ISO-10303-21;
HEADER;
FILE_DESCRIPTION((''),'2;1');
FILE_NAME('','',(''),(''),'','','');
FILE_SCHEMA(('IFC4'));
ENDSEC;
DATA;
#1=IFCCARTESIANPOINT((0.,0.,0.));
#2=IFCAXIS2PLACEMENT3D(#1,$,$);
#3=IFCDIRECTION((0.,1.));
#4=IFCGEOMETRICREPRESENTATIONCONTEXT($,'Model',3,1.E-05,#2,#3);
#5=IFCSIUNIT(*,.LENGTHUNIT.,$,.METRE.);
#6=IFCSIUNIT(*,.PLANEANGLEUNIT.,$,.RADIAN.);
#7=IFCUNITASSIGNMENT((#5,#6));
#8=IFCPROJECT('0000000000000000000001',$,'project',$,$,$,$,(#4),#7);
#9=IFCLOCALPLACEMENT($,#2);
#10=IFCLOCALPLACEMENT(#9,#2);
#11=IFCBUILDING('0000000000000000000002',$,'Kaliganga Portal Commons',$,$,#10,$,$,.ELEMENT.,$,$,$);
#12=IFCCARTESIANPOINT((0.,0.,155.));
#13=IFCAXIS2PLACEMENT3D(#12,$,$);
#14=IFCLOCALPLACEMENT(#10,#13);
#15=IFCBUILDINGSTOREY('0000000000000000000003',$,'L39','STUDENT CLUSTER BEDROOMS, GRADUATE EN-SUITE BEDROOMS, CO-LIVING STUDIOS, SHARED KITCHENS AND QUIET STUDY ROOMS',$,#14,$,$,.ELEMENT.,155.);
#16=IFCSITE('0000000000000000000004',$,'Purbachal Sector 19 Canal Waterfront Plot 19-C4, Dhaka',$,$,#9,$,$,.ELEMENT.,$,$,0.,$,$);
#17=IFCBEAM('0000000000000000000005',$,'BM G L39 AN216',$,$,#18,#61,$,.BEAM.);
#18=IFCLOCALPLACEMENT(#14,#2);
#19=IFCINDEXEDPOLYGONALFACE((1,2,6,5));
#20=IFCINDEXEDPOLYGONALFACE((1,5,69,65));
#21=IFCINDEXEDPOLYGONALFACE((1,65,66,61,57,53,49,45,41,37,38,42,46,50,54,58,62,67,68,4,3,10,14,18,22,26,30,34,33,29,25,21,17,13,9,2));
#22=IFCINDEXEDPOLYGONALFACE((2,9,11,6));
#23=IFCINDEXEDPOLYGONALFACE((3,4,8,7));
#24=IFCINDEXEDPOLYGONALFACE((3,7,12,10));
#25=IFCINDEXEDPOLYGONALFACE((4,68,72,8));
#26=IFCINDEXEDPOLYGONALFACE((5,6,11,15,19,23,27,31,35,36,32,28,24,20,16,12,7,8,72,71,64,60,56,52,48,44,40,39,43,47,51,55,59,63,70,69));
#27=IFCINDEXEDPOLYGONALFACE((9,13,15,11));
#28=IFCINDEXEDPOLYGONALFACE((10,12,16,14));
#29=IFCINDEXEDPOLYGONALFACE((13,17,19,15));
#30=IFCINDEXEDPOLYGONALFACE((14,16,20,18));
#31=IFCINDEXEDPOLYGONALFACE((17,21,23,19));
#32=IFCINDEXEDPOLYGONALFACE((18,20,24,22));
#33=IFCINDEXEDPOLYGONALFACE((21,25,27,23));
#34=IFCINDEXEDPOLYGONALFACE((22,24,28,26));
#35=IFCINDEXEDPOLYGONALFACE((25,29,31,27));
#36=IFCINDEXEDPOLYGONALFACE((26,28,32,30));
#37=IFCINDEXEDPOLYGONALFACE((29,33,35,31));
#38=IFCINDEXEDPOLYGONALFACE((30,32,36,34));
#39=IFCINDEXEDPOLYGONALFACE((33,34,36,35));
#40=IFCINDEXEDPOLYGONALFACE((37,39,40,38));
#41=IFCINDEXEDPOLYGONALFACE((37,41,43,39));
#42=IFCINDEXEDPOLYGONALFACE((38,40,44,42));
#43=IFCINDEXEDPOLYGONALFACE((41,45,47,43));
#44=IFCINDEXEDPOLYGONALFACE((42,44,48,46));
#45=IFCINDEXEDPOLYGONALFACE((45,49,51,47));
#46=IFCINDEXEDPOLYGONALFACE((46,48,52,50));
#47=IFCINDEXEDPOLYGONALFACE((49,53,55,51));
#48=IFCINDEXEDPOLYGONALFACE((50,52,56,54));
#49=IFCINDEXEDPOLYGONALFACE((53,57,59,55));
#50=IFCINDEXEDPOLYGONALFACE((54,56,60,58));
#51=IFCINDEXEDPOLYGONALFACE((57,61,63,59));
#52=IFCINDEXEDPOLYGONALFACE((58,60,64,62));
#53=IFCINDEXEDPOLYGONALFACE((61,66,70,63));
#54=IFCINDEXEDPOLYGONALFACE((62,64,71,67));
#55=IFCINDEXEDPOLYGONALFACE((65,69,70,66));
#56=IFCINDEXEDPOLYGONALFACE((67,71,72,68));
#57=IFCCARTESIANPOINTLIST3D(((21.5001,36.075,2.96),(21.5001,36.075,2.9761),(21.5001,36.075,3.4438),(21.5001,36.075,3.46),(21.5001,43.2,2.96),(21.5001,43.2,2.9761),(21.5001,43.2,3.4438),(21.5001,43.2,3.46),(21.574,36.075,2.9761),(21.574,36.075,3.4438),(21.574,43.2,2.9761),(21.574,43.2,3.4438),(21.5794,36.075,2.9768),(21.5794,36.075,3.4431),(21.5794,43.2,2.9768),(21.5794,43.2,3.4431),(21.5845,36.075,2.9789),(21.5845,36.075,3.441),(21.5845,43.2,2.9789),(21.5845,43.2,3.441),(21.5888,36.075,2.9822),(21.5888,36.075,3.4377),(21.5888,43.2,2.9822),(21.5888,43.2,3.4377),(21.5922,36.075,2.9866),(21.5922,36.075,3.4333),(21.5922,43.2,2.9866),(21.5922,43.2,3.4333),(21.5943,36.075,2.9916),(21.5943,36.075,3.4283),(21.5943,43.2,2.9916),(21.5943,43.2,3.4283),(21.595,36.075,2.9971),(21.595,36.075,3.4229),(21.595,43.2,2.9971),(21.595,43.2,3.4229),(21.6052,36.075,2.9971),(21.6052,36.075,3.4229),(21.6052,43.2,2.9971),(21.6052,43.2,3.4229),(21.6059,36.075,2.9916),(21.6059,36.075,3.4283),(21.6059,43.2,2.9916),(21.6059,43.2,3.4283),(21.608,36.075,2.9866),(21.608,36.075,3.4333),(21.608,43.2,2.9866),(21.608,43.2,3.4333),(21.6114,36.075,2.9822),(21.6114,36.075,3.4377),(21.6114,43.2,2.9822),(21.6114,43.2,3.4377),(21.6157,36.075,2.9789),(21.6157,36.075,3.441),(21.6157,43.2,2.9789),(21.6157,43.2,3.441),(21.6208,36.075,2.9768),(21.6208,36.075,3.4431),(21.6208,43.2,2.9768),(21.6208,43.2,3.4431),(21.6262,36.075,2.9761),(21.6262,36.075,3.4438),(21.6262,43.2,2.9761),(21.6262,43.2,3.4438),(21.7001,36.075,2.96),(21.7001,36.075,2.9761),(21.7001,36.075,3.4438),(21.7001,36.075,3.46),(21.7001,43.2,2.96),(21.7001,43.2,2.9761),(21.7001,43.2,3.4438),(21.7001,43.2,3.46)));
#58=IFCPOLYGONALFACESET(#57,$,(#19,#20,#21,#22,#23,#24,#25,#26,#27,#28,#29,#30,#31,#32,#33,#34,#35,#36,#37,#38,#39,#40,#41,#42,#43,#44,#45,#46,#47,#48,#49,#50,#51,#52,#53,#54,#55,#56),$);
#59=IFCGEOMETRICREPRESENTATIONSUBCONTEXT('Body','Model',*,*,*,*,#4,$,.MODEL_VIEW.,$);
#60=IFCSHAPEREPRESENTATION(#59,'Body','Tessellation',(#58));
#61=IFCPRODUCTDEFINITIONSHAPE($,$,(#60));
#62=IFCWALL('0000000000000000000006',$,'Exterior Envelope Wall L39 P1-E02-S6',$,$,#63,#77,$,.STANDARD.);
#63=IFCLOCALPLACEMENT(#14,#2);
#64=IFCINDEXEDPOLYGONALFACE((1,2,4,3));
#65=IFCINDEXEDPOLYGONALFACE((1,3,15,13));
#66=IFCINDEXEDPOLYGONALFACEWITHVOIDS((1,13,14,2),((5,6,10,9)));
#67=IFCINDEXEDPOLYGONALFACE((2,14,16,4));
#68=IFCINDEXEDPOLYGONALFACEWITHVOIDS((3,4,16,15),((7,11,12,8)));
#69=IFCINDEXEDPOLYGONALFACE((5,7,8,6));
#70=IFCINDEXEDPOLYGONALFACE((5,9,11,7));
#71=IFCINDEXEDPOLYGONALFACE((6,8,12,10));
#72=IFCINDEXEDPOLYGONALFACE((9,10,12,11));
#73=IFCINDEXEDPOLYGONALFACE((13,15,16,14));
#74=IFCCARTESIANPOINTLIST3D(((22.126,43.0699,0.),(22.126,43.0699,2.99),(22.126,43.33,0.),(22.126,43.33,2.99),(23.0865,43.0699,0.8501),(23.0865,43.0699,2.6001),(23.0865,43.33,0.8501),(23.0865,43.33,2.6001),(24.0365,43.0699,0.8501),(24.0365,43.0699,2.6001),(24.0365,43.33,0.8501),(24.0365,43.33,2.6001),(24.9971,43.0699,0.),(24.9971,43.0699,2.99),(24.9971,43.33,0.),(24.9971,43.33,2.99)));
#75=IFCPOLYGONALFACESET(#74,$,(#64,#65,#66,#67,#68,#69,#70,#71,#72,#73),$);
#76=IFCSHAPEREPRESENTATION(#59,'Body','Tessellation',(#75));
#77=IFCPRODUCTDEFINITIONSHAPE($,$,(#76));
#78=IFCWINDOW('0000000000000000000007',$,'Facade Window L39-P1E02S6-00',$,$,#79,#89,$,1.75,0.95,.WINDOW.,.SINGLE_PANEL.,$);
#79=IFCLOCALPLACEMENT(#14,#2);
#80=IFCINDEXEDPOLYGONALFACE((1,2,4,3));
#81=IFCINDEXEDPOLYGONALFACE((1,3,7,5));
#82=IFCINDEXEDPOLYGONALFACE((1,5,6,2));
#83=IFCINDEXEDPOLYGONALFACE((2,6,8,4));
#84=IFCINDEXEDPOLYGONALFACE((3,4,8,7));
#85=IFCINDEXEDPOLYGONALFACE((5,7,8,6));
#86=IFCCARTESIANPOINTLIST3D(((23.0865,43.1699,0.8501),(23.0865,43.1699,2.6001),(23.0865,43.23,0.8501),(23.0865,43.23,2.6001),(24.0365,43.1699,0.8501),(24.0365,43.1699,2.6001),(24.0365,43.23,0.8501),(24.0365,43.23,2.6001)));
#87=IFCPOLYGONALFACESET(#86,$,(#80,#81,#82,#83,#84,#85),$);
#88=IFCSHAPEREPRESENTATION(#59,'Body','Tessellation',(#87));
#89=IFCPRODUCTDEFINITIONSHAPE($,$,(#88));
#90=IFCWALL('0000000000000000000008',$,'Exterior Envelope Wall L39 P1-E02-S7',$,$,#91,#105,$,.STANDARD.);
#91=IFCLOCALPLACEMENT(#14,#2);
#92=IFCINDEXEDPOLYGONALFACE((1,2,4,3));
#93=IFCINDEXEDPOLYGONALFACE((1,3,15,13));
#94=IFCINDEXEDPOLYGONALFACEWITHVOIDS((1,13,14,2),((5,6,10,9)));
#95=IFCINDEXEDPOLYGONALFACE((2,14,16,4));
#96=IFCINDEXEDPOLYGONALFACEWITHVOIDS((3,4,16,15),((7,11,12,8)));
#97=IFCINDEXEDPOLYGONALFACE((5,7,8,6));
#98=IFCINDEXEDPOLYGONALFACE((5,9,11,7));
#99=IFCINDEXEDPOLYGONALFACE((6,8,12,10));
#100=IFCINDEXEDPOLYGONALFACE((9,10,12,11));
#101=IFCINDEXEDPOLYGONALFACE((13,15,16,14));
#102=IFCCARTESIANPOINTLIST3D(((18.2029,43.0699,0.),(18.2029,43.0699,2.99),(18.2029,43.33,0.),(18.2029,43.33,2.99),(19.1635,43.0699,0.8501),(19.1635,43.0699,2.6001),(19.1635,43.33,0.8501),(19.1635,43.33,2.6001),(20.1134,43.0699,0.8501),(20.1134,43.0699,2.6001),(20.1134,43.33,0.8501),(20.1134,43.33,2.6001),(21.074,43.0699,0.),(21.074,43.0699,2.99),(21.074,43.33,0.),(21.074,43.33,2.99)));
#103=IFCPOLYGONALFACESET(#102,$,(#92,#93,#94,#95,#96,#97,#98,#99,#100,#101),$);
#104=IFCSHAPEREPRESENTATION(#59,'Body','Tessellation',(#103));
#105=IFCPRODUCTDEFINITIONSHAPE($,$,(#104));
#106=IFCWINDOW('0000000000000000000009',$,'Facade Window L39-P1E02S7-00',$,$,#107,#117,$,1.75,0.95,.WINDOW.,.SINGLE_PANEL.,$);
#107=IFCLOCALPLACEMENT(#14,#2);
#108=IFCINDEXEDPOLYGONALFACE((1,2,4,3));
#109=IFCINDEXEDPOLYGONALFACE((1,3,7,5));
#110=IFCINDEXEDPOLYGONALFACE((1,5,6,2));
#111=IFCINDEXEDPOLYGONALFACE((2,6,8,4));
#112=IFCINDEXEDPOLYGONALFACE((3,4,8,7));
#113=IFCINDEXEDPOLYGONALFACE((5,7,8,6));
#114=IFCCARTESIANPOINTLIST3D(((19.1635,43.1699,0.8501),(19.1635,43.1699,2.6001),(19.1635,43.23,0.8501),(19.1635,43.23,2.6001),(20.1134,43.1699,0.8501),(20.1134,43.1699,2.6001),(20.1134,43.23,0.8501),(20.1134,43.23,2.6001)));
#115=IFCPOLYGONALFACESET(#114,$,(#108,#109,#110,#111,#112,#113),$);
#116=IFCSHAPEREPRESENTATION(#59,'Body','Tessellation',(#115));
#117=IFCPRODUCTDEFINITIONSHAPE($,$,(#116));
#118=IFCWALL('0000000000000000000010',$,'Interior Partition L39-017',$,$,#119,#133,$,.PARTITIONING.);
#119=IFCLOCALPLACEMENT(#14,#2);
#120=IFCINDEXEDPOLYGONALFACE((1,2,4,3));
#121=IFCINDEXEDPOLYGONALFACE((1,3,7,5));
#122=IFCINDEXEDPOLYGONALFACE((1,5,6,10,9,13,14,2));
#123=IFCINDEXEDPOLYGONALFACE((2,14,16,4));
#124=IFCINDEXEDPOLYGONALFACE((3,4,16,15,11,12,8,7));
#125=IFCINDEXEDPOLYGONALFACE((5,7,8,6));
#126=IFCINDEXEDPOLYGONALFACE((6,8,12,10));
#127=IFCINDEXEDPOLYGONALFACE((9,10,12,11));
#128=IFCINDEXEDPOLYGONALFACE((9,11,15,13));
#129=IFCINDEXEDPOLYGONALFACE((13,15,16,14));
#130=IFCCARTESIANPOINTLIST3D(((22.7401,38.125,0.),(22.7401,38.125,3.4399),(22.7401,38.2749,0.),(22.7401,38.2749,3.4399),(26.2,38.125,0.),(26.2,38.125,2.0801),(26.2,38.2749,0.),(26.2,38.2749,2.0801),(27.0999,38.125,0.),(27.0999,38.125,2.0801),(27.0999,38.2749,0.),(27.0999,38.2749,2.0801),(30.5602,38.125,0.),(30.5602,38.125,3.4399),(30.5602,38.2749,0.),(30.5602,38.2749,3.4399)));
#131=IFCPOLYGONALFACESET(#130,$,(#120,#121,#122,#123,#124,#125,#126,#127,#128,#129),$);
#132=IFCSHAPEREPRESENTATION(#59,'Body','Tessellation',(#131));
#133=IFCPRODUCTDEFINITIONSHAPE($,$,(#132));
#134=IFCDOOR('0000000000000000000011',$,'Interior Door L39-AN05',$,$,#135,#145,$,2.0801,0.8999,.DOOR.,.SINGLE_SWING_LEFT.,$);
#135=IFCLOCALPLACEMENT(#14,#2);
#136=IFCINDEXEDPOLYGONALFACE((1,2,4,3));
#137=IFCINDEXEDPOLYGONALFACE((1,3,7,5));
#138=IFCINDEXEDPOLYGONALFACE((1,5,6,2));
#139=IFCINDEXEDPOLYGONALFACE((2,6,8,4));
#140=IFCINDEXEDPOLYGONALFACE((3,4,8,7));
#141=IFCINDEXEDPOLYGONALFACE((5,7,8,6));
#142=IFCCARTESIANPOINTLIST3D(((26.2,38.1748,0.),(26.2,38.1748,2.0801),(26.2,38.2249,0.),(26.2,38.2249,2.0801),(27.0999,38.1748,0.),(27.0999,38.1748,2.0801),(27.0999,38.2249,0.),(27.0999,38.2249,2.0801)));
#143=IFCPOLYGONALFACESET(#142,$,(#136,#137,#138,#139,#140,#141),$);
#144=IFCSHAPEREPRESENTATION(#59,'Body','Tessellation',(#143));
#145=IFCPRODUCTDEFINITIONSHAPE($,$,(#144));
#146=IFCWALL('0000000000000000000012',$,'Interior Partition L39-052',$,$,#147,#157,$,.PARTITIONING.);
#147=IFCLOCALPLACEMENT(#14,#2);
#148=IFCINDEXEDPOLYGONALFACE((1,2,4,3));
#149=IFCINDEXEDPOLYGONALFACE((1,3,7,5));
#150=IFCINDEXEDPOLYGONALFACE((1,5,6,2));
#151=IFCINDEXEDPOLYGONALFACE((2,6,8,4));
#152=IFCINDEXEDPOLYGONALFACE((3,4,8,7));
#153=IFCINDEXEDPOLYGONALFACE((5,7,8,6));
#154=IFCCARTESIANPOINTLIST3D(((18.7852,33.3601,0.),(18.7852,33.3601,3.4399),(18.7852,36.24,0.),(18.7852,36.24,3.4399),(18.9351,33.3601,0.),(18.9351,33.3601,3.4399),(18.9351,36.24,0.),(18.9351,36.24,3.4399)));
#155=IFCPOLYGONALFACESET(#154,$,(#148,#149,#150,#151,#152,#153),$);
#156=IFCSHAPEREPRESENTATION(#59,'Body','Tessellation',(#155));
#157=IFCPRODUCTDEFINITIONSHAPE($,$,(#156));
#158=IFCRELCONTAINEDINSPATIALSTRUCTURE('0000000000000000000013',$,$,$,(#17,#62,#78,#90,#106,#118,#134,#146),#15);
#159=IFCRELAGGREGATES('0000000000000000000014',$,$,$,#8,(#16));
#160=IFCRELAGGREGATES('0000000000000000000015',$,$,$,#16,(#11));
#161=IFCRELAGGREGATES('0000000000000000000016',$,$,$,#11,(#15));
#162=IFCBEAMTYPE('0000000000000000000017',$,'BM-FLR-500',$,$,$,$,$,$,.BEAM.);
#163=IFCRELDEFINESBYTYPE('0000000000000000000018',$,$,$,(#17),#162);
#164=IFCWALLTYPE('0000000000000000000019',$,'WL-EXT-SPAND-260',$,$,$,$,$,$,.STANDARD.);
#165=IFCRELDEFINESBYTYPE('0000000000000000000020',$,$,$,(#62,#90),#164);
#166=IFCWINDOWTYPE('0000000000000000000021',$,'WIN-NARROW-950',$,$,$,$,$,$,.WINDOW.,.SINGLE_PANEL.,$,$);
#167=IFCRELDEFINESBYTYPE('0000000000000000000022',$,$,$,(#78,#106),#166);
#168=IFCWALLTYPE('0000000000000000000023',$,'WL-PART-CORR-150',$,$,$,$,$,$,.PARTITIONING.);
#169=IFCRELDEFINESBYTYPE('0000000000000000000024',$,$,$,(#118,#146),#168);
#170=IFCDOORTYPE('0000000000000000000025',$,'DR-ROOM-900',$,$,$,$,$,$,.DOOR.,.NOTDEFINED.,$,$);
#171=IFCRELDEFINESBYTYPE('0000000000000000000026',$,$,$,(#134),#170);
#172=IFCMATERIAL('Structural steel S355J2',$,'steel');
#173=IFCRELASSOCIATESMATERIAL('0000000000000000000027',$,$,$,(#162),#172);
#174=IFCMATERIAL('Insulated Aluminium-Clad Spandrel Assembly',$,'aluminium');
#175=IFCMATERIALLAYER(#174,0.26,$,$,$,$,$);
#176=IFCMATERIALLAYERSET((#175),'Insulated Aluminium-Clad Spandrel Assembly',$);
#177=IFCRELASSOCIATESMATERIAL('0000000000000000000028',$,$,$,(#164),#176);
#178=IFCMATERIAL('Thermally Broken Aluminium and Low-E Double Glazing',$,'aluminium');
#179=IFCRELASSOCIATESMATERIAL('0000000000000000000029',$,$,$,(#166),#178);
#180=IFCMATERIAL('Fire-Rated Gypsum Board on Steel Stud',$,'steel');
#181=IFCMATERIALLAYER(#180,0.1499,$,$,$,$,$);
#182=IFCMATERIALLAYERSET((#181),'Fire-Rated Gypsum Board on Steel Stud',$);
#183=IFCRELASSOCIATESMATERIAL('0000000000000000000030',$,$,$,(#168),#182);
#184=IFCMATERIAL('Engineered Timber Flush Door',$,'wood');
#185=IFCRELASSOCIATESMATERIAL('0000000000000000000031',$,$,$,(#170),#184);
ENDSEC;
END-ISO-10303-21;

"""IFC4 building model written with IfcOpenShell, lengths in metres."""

from ifc_helpers import new_model, si_unit, direction, frame, frame_2d, origin, origin_2d, place, context, subcontext, project, spatial, rectangle, i_section, extrude, source, transform, mapped, material, layer, layer_set, material_profile, profile_set, type_object, element, fill, save


model = new_model("IFC4")

# Units and contexts
model_context = context("Model", 3, precision=1e-05, world=origin(), true_north=direction((0.0, 1.0)))
body_context = subcontext(model_context, "Body", "Model", "MODEL_VIEW")
ifc_project = project(units=[si_unit("LENGTHUNIT", "METRE"), si_unit("PLANEANGLEUNIT", "RADIAN")], contexts=[model_context])

# Site, building, storey
site_placement = place(None, origin())
site = spatial("IfcSite", under=ifc_project, at=site_placement, Name="Purbachal Sector 19 Canal Waterfront Plot 19-C4, Dhaka", CompositionType="ELEMENT", RefElevation=0.0)
building_placement = place(site_placement, origin())
building = spatial("IfcBuilding", under=site, at=building_placement, Name="Kaliganga Portal Commons", CompositionType="ELEMENT")
storey_placement = place(building_placement, frame((0.0, 0.0, 155.0)))
storey = spatial("IfcBuildingStorey", under=building, at=storey_placement, Name="L39", Description="STUDENT CLUSTER BEDROOMS, GRADUATE EN-SUITE BEDROOMS, CO-LIVING STUDIOS, SHARED KITCHENS AND QUIET STUDY ROOMS", CompositionType="ELEMENT", Elevation=155.0)

# Beam
ifc_material_1 = material(Name="Structural steel S355J2", Category="steel")
ifc_material_profile_1 = material_profile(ifc_material_1, i_section(OverallWidth=0.2, OverallDepth=0.5, WebThickness=0.0103, FlangeThickness=0.0161, FilletRadius=0.021, at=origin_2d()), Name="IPE 500")
ifc_profile_set_1 = profile_set([ifc_material_profile_1], Name="Structural steel S355J2 wide-flange")
beam_type_1 = type_object("IfcBeamType", Name="BM-FLR-500", PredefinedType="BEAM", material=ifc_profile_set_1)
shared_shape_1 = source(origin(), body_context, "Body", "SweptSolid", [
    extrude(i_section(OverallWidth=0.2, OverallDepth=0.5, WebThickness=0.0103, FlangeThickness=0.0161, FilletRadius=0.021, at=origin_2d()), origin(), (0.0, 0.0, 1.0), 7.125),
])
beam_1_placement = place(storey_placement, frame((21.6001, 36.075, 3.21), z_axis=(0.0, 1.0, 0.0), x_axis=(-1.0, 0.0, 0.0)))
element("IfcBeam", 1, at=beam_1_placement, inside=storey, type_object=beam_type_1, Name="BM G L39 AN216", PredefinedType="BEAM", context=body_context, shape_type="MappedRepresentation", body=[
    mapped(shared_shape_1, transform((0.0, 0.0, 0.0), x_axis=(1.0, 0.0, 0.0), y_axis=(0.0, 1.0, 0.0), z_axis=(0.0, 0.0, 1.0), scale=1.0)),
])

# Walls, openings, windows
ifc_material_2 = material(Name="Insulated Aluminium-Clad Spandrel Assembly", Category="aluminium")
ifc_layer_1 = layer(ifc_material_2, 0.26)
ifc_layer_set_1 = layer_set([ifc_layer_1], Name="Insulated Aluminium-Clad Spandrel Assembly")
wall_type_1 = type_object("IfcWallType", Name="WL-EXT-SPAND-260", PredefinedType="STANDARD", material=ifc_layer_set_1)
wall_1_placement = place(storey_placement, frame((22.126, 43.2, 0.0), z_axis=(0.0, 0.0, 1.0), x_axis=(1.0, 0.0, 0.0)))
wall_1 = element("IfcWall", 2, at=wall_1_placement, inside=storey, type_object=wall_type_1, Name="Exterior Envelope Wall L39 P1-E02-S6", PredefinedType="STANDARD", context=body_context, shape_type="SweptSolid", body=[
    extrude(rectangle(XDim=2.8711, YDim=0.26, at=frame_2d((1.4355, 0.0))), origin(), (0.0, 0.0, 1.0), 2.99),
])
opening_1_placement = place(wall_1_placement, frame((0.9604, 0.0, 0.8501)))
opening_1 = element("IfcOpeningElement", 3, at=opening_1_placement, cuts=wall_1, PredefinedType="OPENING", context=body_context, shape_type="SweptSolid", body=[
    extrude(rectangle(XDim=0.95, YDim=1.75, at=frame_2d((0.4751, 0.875))), frame((0.0, 0.1401, 0.0), z_axis=(0.0, -1.0, 0.0), x_axis=(1.0, 0.0, 0.0)), (0.0, 0.0, 1.0), 0.28),
])
ifc_material_3 = material(Name="Thermally Broken Aluminium and Low-E Double Glazing", Category="aluminium")
window_type = type_object("IfcWindowType", Name="WIN-NARROW-950", PartitioningType="SINGLE_PANEL", PredefinedType="WINDOW", material=ifc_material_3)
window_1_placement = place(opening_1_placement, origin())
window_1 = element("IfcWindow", 4, at=window_1_placement, inside=storey, type_object=window_type, Name="Facade Window L39-P1E02S6-00", OverallHeight=1.75, OverallWidth=0.95, PartitioningType="SINGLE_PANEL", PredefinedType="WINDOW", context=body_context, shape_type="SweptSolid", body=[
    extrude(rectangle(XDim=0.95, YDim=1.75, at=frame_2d((0.4751, 0.875))), frame((0.0, 0.03, 0.0), z_axis=(0.0, -1.0, 0.0), x_axis=(1.0, 0.0, 0.0)), (0.0, 0.0, 1.0), 0.0601),
])
fill(opening_1, window_1)
wall_2_placement = place(storey_placement, frame((18.2029, 43.2, 0.0), z_axis=(0.0, 0.0, 1.0), x_axis=(1.0, 0.0, 0.0)))
wall_2 = element("IfcWall", 5, at=wall_2_placement, inside=storey, type_object=wall_type_1, Name="Exterior Envelope Wall L39 P1-E02-S7", PredefinedType="STANDARD", context=body_context, shape_type="SweptSolid", body=[
    extrude(rectangle(XDim=2.8711, YDim=0.26, at=frame_2d((1.4355, 0.0))), origin(), (0.0, 0.0, 1.0), 2.99),
])
opening_2_placement = place(wall_2_placement, frame((0.9604, 0.0, 0.8501)))
opening_2 = element("IfcOpeningElement", 6, at=opening_2_placement, cuts=wall_2, PredefinedType="OPENING", context=body_context, shape_type="SweptSolid", body=[
    extrude(rectangle(XDim=0.95, YDim=1.75, at=frame_2d((0.4751, 0.875))), frame((0.0, 0.1401, 0.0), z_axis=(0.0, -1.0, 0.0), x_axis=(1.0, 0.0, 0.0)), (0.0, 0.0, 1.0), 0.28),
])
window_2_placement = place(opening_2_placement, origin())
window_2 = element("IfcWindow", 7, at=window_2_placement, inside=storey, type_object=window_type, Name="Facade Window L39-P1E02S7-00", OverallHeight=1.75, OverallWidth=0.95, PartitioningType="SINGLE_PANEL", PredefinedType="WINDOW", context=body_context, shape_type="SweptSolid", body=[
    extrude(rectangle(XDim=0.95, YDim=1.75, at=frame_2d((0.4751, 0.875))), frame((0.0, 0.03, 0.0), z_axis=(0.0, -1.0, 0.0), x_axis=(1.0, 0.0, 0.0)), (0.0, 0.0, 1.0), 0.0601),
])
fill(opening_2, window_2)

# Wall, opening, door
ifc_material_4 = material(Name="Fire-Rated Gypsum Board on Steel Stud", Category="steel")
ifc_layer_2 = layer(ifc_material_4, 0.1499)
ifc_layer_set_2 = layer_set([ifc_layer_2], Name="Fire-Rated Gypsum Board on Steel Stud")
wall_type_2 = type_object("IfcWallType", Name="WL-PART-CORR-150", PredefinedType="PARTITIONING", material=ifc_layer_set_2)
wall_3_placement = place(storey_placement, frame((22.74, 38.2, 0.0), z_axis=(0.0, 0.0, 1.0), x_axis=(1.0, 0.0, 0.0)))
wall_3 = element("IfcWall", 8, at=wall_3_placement, inside=storey, type_object=wall_type_2, Name="Interior Partition L39-017", PredefinedType="PARTITIONING", context=body_context, shape_type="SweptSolid", body=[
    extrude(rectangle(XDim=7.8201, YDim=0.1499, at=frame_2d((3.9102, 0.0))), origin(), (0.0, 0.0, 1.0), 3.4399),
])
opening_3_placement = place(wall_3_placement, frame((3.46, 0.0, 0.0)))
opening_3 = element("IfcOpeningElement", 9, at=opening_3_placement, cuts=wall_3, PredefinedType="OPENING", context=body_context, shape_type="SweptSolid", body=[
    extrude(rectangle(XDim=0.8999, YDim=2.0801, at=frame_2d((0.45, 1.04))), frame((0.0, 0.085, 0.0), z_axis=(0.0, -1.0, 0.0), x_axis=(1.0, 0.0, 0.0)), (0.0, 0.0, 1.0), 0.1699),
])
ifc_material_5 = material(Name="Engineered Timber Flush Door", Category="wood")
door_type_1 = type_object("IfcDoorType", Name="DR-ROOM-900", OperationType="NOTDEFINED", PredefinedType="DOOR", material=ifc_material_5)
door_1_placement = place(opening_3_placement, origin())
door_1 = element("IfcDoor", 10, at=door_1_placement, inside=storey, type_object=door_type_1, Name="Interior Door L39-AN05", OperationType="SINGLE_SWING_LEFT", OverallHeight=2.0801, OverallWidth=0.8999, PredefinedType="DOOR", context=body_context, shape_type="SweptSolid", body=[
    extrude(rectangle(XDim=0.8999, YDim=2.0801, at=frame_2d((0.45, 1.04))), frame((0.0, 0.0249, 0.0), z_axis=(0.0, -1.0, 0.0), x_axis=(1.0, 0.0, 0.0)), (0.0, 0.0, 1.0), 0.05),
])
fill(opening_3, door_1)

# Wall
wall_4_placement = place(storey_placement, frame((18.8601, 33.3601, 0.0), z_axis=(0.0, 0.0, 1.0), x_axis=(0.0, 1.0, 0.0)))
element("IfcWall", 11, at=wall_4_placement, inside=storey, type_object=wall_type_2, Name="Interior Partition L39-052", PredefinedType="PARTITIONING", context=body_context, shape_type="SweptSolid", body=[
    extrude(rectangle(XDim=2.8799, YDim=0.1499, at=frame_2d((1.4399, 0.0))), origin(), (0.0, 0.0, 1.0), 3.4399),
])

save(model, "model.ifc")
